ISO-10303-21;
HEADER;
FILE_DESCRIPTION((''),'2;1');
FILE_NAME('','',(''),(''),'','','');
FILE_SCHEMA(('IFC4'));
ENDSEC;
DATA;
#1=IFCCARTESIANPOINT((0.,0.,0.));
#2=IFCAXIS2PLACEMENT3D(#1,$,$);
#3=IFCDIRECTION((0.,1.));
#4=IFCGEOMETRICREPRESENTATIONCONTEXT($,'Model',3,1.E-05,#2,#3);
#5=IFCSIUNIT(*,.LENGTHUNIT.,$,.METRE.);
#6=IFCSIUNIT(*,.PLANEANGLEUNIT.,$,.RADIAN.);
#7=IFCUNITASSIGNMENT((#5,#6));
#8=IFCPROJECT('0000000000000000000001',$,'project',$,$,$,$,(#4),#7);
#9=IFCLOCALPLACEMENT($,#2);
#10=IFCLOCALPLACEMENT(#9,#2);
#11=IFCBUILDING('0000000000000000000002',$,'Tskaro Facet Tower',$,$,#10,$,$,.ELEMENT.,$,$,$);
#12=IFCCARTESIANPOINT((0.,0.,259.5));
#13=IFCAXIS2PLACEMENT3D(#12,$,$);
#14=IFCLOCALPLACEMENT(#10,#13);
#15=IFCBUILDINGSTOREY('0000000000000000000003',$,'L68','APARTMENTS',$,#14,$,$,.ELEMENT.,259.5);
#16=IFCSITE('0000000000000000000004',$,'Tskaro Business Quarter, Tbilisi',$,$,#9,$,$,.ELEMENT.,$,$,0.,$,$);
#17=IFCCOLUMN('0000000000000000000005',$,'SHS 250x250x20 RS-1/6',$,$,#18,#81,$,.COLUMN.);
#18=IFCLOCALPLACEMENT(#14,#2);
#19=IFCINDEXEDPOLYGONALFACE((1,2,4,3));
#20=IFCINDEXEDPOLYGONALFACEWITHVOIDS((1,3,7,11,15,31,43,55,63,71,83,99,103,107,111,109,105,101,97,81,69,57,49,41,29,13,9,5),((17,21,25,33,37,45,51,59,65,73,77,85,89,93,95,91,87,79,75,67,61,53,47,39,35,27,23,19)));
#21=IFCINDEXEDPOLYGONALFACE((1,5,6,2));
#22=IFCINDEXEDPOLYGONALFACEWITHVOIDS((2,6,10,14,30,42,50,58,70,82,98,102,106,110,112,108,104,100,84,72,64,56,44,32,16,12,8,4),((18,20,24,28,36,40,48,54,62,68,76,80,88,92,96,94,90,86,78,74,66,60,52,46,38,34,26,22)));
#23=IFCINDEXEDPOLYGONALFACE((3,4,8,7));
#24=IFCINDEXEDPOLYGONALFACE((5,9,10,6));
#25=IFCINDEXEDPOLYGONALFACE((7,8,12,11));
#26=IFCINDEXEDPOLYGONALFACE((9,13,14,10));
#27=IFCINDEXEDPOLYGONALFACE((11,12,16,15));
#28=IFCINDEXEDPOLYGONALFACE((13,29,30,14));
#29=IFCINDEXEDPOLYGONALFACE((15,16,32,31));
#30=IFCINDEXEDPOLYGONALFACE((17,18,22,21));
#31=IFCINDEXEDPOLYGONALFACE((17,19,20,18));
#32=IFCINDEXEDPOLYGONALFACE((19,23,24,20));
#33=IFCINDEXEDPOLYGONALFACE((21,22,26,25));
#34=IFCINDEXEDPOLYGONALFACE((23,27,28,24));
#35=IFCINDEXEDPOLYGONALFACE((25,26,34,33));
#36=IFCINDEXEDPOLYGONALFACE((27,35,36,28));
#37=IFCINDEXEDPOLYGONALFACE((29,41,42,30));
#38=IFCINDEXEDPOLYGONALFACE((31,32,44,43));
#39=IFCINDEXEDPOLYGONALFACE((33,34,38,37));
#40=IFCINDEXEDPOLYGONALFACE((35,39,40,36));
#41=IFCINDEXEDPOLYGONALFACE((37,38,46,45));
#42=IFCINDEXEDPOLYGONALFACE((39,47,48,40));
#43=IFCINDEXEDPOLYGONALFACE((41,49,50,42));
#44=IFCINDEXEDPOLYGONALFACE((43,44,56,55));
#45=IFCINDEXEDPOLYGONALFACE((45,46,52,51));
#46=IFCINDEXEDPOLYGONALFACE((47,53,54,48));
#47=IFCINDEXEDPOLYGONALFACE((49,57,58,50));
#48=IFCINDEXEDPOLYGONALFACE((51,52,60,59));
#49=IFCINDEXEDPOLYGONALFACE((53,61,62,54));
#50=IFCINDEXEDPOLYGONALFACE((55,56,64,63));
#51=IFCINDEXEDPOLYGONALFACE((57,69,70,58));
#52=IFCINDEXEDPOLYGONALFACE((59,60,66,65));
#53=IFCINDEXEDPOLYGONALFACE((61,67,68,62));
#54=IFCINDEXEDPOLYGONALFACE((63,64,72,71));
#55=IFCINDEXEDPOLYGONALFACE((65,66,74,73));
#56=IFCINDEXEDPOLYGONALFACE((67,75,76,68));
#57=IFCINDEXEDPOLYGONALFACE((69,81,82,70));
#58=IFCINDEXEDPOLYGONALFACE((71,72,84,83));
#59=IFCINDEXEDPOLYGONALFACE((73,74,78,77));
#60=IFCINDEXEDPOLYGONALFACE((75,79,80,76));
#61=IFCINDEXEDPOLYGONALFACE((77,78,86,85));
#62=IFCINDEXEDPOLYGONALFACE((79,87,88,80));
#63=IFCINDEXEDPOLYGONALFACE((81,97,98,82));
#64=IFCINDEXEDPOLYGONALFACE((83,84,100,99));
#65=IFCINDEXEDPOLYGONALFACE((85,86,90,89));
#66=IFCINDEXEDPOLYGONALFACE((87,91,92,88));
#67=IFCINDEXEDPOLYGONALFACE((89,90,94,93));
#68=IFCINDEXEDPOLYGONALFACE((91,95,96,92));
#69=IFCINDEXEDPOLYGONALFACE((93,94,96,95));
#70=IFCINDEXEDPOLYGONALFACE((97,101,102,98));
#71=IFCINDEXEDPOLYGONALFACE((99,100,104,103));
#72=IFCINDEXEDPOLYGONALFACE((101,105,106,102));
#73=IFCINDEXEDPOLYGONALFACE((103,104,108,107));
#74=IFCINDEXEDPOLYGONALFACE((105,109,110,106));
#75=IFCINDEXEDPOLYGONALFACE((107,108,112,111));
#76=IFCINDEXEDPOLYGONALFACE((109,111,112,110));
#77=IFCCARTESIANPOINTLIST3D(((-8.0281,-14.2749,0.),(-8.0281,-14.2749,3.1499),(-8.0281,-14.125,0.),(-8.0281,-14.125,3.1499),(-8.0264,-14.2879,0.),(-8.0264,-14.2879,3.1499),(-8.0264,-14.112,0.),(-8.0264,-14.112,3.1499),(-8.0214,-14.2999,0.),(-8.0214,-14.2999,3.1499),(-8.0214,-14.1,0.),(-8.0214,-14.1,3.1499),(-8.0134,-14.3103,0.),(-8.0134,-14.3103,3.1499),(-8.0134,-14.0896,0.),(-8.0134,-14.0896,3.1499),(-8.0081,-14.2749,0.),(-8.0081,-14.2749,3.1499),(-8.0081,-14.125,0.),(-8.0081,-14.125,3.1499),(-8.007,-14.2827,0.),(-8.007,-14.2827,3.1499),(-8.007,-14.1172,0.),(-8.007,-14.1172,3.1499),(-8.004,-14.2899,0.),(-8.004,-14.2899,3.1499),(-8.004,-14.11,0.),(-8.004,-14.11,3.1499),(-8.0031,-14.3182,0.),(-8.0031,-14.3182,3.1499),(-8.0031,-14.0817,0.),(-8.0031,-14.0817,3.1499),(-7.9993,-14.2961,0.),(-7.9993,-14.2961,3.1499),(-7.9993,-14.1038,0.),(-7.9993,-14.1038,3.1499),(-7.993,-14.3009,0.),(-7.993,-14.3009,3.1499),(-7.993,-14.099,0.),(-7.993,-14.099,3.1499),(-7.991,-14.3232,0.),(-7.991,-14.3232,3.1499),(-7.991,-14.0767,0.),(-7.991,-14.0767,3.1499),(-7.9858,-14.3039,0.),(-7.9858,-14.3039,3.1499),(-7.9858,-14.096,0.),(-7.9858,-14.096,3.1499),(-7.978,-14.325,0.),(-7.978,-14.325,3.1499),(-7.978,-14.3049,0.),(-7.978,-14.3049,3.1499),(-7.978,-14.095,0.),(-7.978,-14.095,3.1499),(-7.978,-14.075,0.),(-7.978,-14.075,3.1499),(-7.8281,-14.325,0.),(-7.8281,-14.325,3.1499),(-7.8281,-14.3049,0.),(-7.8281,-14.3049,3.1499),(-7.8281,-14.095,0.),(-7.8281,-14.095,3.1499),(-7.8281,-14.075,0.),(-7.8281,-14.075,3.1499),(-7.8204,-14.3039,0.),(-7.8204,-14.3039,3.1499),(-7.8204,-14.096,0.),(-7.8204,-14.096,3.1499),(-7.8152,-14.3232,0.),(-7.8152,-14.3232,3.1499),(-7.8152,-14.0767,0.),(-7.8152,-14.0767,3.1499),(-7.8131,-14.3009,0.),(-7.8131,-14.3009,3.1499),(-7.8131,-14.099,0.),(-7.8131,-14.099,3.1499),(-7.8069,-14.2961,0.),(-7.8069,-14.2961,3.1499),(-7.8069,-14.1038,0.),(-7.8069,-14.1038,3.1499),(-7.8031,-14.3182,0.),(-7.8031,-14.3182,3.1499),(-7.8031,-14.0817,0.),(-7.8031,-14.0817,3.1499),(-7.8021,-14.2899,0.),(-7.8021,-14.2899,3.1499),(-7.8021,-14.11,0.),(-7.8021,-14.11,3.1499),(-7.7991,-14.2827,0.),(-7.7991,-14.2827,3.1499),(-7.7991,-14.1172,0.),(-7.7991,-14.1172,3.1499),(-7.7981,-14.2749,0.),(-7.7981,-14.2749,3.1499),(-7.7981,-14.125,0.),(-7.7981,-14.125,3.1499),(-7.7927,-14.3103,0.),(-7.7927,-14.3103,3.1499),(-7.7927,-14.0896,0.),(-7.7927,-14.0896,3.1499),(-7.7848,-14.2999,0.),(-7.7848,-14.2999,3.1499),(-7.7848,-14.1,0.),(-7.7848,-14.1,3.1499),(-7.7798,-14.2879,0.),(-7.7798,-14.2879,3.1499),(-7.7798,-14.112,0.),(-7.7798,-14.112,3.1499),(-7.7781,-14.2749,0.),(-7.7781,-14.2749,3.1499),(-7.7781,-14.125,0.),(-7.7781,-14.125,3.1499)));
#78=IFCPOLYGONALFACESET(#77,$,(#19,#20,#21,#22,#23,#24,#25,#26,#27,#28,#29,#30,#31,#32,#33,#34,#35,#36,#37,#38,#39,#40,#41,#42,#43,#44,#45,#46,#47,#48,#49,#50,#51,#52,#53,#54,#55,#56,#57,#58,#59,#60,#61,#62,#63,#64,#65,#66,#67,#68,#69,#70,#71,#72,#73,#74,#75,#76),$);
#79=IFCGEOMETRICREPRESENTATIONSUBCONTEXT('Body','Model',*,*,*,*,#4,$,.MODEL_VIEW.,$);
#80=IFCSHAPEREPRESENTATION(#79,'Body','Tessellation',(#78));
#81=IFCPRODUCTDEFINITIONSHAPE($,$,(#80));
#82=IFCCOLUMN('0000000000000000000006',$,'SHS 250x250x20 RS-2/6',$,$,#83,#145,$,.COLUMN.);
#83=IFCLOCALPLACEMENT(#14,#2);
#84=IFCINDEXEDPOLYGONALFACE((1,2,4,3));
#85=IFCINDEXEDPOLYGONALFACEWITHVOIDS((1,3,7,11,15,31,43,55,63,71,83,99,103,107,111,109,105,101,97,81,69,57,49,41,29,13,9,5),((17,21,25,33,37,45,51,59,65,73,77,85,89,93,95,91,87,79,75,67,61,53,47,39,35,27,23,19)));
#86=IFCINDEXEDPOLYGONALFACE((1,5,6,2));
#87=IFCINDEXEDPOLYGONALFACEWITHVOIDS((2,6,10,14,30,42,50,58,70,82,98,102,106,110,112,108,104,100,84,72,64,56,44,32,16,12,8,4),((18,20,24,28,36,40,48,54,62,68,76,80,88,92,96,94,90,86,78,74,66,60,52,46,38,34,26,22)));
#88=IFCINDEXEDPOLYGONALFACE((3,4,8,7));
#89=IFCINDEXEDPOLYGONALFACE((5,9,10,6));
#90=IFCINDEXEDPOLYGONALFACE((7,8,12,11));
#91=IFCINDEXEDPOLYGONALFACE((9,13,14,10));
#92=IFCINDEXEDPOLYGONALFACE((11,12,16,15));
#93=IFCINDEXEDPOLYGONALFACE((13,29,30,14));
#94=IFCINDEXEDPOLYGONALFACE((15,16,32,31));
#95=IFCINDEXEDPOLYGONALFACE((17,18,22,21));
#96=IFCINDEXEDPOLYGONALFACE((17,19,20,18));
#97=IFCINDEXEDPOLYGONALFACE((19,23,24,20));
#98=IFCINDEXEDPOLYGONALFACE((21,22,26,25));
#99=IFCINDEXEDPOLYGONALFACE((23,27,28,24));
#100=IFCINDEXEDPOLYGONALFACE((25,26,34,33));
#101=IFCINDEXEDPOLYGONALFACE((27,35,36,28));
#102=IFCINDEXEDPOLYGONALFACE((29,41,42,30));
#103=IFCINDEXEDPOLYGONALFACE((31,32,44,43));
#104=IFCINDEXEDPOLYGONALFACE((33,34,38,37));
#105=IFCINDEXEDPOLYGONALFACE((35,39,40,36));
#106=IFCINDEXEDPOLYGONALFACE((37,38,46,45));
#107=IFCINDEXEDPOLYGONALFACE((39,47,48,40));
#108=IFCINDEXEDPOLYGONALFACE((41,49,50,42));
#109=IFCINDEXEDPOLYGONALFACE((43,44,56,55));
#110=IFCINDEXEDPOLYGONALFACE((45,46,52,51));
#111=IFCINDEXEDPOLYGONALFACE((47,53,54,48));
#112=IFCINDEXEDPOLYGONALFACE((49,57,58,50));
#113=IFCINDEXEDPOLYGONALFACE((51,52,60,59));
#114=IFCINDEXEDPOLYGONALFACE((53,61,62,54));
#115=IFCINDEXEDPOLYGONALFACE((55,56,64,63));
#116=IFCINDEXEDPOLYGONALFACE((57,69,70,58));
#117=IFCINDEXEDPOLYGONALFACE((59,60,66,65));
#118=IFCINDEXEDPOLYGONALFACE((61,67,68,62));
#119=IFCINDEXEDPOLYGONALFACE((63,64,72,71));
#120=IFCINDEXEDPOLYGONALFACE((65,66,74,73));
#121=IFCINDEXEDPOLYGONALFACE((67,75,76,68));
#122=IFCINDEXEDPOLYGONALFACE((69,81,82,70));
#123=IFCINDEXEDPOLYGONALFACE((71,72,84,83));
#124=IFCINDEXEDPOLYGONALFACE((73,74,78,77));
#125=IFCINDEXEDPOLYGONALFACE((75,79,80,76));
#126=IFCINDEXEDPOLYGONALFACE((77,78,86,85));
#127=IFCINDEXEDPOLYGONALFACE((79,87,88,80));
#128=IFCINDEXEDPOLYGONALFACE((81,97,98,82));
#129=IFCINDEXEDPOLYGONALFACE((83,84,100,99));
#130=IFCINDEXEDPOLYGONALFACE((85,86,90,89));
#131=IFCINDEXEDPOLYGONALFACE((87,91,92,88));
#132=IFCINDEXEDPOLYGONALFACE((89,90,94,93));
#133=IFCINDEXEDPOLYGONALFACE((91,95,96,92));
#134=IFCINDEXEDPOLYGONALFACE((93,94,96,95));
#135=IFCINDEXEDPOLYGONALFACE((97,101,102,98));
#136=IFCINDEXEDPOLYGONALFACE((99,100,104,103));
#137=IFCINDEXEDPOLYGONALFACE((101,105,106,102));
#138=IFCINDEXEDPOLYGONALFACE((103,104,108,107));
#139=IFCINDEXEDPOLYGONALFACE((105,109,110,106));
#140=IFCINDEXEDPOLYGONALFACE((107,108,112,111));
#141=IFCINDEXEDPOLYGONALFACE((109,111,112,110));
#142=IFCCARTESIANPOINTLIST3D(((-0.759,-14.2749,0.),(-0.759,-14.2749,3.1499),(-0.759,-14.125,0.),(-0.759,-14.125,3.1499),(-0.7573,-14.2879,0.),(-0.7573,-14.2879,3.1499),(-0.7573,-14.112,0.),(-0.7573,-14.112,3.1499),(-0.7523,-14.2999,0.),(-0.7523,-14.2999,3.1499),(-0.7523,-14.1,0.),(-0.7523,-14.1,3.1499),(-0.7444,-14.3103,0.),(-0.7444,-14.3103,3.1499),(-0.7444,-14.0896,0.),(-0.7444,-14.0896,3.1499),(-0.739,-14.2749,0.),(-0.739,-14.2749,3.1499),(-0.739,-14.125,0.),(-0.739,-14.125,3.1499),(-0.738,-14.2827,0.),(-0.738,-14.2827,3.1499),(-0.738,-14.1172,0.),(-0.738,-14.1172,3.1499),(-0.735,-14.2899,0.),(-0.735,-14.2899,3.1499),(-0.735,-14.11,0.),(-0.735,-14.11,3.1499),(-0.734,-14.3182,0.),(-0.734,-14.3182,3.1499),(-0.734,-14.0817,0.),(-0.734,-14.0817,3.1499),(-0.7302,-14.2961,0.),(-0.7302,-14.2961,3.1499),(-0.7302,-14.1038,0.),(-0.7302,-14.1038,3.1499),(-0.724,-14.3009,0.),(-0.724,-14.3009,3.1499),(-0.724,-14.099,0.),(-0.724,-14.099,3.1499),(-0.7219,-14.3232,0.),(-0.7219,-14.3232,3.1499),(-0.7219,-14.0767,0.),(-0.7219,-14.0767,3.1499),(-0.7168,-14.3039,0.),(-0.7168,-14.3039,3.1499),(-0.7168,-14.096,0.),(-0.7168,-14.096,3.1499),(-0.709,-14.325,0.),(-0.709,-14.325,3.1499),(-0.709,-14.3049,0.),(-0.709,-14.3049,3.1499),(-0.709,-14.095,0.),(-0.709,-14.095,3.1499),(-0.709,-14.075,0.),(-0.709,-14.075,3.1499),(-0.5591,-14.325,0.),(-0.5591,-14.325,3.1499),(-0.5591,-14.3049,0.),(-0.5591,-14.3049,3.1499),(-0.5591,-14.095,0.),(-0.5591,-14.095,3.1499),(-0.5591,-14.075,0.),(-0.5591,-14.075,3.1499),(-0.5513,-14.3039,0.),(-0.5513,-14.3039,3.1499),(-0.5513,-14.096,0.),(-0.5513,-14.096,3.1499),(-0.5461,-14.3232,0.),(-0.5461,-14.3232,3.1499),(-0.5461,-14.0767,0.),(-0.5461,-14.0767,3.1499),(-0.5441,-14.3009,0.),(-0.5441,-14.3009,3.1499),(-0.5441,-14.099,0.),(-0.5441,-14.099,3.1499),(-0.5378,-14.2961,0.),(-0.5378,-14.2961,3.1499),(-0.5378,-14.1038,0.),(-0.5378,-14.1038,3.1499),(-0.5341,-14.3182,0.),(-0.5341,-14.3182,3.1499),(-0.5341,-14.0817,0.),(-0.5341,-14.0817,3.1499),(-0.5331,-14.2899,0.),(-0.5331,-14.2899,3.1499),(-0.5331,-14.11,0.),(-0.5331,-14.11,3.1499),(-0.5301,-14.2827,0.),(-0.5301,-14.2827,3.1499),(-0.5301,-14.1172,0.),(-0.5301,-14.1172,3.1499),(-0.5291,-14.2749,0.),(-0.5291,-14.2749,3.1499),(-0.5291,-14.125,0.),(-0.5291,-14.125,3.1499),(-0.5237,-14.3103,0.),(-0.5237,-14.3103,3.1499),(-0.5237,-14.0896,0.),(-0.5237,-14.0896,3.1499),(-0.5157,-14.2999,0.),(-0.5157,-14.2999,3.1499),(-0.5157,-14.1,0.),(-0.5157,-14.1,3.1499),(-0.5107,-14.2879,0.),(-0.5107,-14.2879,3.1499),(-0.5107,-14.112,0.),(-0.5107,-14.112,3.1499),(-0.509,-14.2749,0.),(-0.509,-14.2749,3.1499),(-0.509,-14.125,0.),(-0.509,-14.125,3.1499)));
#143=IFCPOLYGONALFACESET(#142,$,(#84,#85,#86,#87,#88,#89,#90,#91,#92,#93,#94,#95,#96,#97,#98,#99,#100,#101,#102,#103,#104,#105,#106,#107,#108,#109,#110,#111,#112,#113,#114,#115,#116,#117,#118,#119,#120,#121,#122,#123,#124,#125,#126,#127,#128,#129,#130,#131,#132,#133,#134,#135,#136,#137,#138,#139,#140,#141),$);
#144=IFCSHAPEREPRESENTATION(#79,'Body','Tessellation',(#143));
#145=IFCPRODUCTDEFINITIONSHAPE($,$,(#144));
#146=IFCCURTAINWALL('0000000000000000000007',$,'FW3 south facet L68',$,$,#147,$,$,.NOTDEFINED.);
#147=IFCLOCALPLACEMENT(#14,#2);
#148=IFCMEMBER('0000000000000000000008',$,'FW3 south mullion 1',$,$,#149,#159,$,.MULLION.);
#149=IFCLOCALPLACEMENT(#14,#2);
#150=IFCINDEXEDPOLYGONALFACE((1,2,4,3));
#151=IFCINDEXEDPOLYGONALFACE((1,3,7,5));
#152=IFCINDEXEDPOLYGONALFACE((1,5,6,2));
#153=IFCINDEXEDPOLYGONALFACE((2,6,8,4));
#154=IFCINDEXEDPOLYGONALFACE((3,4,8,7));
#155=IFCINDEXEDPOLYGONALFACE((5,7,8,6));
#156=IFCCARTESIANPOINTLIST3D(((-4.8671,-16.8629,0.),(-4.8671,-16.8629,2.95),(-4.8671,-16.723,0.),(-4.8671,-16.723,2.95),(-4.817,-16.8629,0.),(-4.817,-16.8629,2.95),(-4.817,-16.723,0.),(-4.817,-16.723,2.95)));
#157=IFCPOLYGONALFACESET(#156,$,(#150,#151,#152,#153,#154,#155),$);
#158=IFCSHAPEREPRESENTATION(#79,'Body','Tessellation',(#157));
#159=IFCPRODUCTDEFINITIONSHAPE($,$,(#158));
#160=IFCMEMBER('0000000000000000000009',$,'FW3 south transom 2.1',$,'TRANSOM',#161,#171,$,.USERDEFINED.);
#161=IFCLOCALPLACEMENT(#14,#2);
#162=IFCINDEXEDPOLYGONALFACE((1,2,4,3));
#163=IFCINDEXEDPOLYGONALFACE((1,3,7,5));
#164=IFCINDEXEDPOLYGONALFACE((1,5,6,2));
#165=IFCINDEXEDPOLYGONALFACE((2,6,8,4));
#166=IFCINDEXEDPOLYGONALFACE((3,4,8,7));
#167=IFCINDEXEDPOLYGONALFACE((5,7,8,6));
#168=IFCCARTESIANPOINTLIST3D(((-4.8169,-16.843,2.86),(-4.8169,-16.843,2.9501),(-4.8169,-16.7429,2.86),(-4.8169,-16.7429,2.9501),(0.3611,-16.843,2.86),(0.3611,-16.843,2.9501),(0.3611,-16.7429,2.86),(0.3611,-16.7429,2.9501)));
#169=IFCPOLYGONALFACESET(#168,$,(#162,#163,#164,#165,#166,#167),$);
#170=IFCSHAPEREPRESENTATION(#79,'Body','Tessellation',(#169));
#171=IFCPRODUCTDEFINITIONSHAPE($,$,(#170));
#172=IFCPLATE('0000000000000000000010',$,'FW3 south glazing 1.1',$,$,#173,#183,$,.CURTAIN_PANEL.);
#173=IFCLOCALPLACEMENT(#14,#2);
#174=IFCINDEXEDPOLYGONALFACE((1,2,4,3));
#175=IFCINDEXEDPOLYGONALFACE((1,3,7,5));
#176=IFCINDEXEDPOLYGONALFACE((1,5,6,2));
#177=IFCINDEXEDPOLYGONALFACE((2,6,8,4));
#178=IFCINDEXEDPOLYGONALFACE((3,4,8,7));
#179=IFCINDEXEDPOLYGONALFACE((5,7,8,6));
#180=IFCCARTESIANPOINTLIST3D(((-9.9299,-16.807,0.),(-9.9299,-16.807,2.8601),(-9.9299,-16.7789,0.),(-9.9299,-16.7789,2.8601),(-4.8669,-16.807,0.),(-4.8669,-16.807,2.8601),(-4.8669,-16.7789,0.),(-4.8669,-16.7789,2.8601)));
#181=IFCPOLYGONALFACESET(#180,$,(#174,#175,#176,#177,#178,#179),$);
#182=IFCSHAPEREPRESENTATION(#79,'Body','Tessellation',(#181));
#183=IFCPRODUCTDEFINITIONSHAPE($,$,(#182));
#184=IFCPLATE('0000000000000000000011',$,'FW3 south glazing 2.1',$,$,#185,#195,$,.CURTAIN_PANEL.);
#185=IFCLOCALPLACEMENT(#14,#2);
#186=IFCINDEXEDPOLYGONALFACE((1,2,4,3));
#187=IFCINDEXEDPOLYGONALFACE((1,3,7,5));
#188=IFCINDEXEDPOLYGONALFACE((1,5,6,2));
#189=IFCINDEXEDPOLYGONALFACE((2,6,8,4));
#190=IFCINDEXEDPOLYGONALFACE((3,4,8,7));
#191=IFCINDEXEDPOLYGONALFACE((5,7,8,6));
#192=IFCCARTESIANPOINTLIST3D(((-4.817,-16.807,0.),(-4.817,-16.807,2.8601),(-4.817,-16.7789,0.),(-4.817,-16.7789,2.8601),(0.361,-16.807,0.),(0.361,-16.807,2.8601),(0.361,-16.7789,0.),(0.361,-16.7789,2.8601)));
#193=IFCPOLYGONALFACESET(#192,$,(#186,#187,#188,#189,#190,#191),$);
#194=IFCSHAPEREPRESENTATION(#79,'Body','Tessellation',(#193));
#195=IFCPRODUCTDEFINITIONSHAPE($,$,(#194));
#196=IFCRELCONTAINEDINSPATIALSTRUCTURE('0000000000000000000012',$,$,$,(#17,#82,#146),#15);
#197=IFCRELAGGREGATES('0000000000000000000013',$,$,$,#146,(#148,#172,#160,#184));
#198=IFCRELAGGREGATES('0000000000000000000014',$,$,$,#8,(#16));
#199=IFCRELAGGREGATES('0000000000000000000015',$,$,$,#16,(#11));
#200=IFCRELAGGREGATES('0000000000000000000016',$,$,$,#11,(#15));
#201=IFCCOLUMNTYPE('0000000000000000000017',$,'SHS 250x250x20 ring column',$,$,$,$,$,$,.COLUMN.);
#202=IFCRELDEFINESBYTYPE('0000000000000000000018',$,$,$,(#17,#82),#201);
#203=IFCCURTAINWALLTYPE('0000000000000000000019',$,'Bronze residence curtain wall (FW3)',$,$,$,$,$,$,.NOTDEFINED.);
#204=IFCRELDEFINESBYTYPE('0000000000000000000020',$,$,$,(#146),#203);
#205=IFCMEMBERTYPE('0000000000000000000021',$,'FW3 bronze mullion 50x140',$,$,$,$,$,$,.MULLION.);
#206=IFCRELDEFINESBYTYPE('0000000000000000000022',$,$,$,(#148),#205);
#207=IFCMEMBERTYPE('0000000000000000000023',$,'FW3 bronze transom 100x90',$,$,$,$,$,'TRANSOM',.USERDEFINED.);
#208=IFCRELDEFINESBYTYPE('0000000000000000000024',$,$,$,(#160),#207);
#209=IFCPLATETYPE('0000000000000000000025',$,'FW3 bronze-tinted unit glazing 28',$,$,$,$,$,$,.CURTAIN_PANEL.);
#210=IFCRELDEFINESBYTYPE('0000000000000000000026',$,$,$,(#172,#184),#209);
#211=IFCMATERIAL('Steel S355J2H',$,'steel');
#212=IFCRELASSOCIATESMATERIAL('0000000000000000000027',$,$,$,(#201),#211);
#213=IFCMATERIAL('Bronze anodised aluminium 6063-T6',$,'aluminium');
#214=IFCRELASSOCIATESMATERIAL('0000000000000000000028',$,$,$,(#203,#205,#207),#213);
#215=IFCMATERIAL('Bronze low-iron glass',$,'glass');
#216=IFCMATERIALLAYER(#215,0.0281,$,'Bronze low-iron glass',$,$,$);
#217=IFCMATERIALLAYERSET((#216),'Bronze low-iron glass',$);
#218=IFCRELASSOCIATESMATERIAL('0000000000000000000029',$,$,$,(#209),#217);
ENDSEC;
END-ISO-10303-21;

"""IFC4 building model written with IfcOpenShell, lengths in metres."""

from ifc_helpers import new_model, si_unit, direction, frame, origin, origin_2d, place, context, subcontext, project, spatial, rectangle, hollow_rectangle, extrude, material, layer, layer_set, material_profile, profile_set, type_object, element, aggregate, save


model = new_model("IFC4")

# Units and contexts
model_context = context("Model", 3, precision=1e-05, world=origin(), true_north=direction((0.0, 1.0)))
body_context = subcontext(model_context, "Body", "Model", "MODEL_VIEW")
ifc_project = project(units=[si_unit("LENGTHUNIT", "METRE"), si_unit("PLANEANGLEUNIT", "RADIAN")], contexts=[model_context])

# Site, building, storey
site_placement = place(None, origin())
site = spatial("IfcSite", under=ifc_project, at=site_placement, Name="Tskaro Business Quarter, Tbilisi", CompositionType="ELEMENT", RefElevation=0.0)
building_placement = place(site_placement, origin())
building = spatial("IfcBuilding", under=site, at=building_placement, Name="Tskaro Facet Tower", CompositionType="ELEMENT")
storey_placement = place(building_placement, frame((0.0, 0.0, 259.5)))
storey = spatial("IfcBuildingStorey", under=building, at=storey_placement, Name="L68", Description="APARTMENTS", CompositionType="ELEMENT", Elevation=259.5)

# Columns
ifc_material_1 = material(Name="Steel S355J2H", Category="steel")
ifc_material_profile_1 = material_profile(ifc_material_1, hollow_rectangle(XDim=0.25, YDim=0.25, WallThickness=0.02, InnerFilletRadius=0.03, OuterFilletRadius=0.05, at=origin_2d()), Name="SHS 250x250x20")
ifc_profile_set_1 = profile_set([ifc_material_profile_1], Name="Steel S355J2H")
column_type = type_object("IfcColumnType", Name="SHS 250x250x20 ring column", PredefinedType="COLUMN", material=ifc_profile_set_1)
for number, where, z_axis, x_axis, name in (
    (1, (-7.9031, -14.2, 0.0), (0.0, 0.0, 1.0), (1.0, 0.0, 0.0), "SHS 250x250x20 RS-1/6"),
    (2, (-0.634, -14.2, 0.0), (0.0, 0.0, 1.0), (1.0, 0.0, 0.0), "SHS 250x250x20 RS-2/6"),
):
    element("IfcColumn", number, at=place(storey_placement, frame(where, z_axis=z_axis, x_axis=x_axis)), inside=storey, type_object=column_type, Name=name, PredefinedType="COLUMN", context=body_context, shape_type="SweptSolid", body=[
        extrude(hollow_rectangle(XDim=0.25, YDim=0.25, WallThickness=0.02, InnerFilletRadius=0.03, OuterFilletRadius=0.05, at=origin_2d()), origin(), (0.0, 0.0, 1.0), 3.1499),
    ])

# Curtain wall, members, plates
ifc_material_2 = material(Name="Bronze anodised aluminium 6063-T6", Category="aluminium")
curtain_wall_type = type_object("IfcCurtainWallType", Name="Bronze residence curtain wall (FW3)", PredefinedType="NOTDEFINED", material=ifc_material_2)
curtain_wall_placement = place(storey_placement, origin())
curtain_wall = element("IfcCurtainWall", 3, at=curtain_wall_placement, inside=storey, type_object=curtain_wall_type, Name="FW3 south facet L68", PredefinedType="NOTDEFINED")
ifc_material_profile_2 = material_profile(ifc_material_2, rectangle(XDim=0.05, YDim=0.1399, at=origin_2d()), Name="Mullion 50x140")
ifc_profile_set_2 = profile_set([ifc_material_profile_2], Name="Bronze anodised aluminium 6063-T6")
member_type_1 = type_object("IfcMemberType", Name="FW3 bronze mullion 50x140", PredefinedType="MULLION", material=ifc_profile_set_2)
member_1_placement = place(storey_placement, frame((-4.842, -16.793, 0.0), z_axis=(0.0, 0.0, 1.0), x_axis=(1.0, 0.0, 0.0)))
member_1 = element("IfcMember", 4, at=member_1_placement, type_object=member_type_1, Name="FW3 south mullion 1", PredefinedType="MULLION", context=body_context, shape_type="SweptSolid", body=[
    extrude(rectangle(XDim=0.05, YDim=0.1399, at=origin_2d()), origin(), (0.0, 0.0, 1.0), 2.95),
])
ifc_material_profile_3 = material_profile(ifc_material_2, rectangle(XDim=0.1001, YDim=0.0901, at=origin_2d()), Name="Transom 100x90")
ifc_profile_set_3 = profile_set([ifc_material_profile_3], Name="Bronze anodised aluminium 6063-T6")
member_type_2 = type_object("IfcMemberType", Name="FW3 bronze transom 100x90", ElementType="TRANSOM", PredefinedType="USERDEFINED", material=ifc_profile_set_3)
member_2_placement = place(storey_placement, frame((-4.8169, -16.793, 2.905), z_axis=(1.0, 0.0, 0.0), x_axis=(0.0, 1.0, 0.0)))
member_2 = element("IfcMember", 5, at=member_2_placement, type_object=member_type_2, Name="FW3 south transom 2.1", ObjectType="TRANSOM", PredefinedType="USERDEFINED", context=body_context, shape_type="SweptSolid", body=[
    extrude(rectangle(XDim=0.1001, YDim=0.0901, at=origin_2d()), origin(), (0.0, 0.0, 1.0), 5.178),
])
ifc_material_3 = material(Name="Bronze low-iron glass", Category="glass")
ifc_layer_1 = layer(ifc_material_3, 0.0281, Name="Bronze low-iron glass")
ifc_layer_set_1 = layer_set([ifc_layer_1], Name="Bronze low-iron glass")
plate_type = type_object("IfcPlateType", Name="FW3 bronze-tinted unit glazing 28", PredefinedType="CURTAIN_PANEL", material=ifc_layer_set_1)
plate_1_placement = place(storey_placement, frame((-7.3984, -16.793, 0.0), z_axis=(0.0, 0.0, 1.0), x_axis=(1.0, 0.0, 0.0)))
plate_1 = element("IfcPlate", 6, at=plate_1_placement, type_object=plate_type, Name="FW3 south glazing 1.1", PredefinedType="CURTAIN_PANEL", context=body_context, shape_type="SweptSolid", body=[
    extrude(rectangle(XDim=5.063, YDim=0.0281, at=origin_2d()), origin(), (0.0, 0.0, 1.0), 2.8601),
])
plate_2_placement = place(storey_placement, frame((-2.228, -16.793, 0.0), z_axis=(0.0, 0.0, 1.0), x_axis=(1.0, 0.0, 0.0)))
plate_2 = element("IfcPlate", 7, at=plate_2_placement, type_object=plate_type, Name="FW3 south glazing 2.1", PredefinedType="CURTAIN_PANEL", context=body_context, shape_type="SweptSolid", body=[
    extrude(rectangle(XDim=5.178, YDim=0.0281, at=origin_2d()), origin(), (0.0, 0.0, 1.0), 2.8601),
])
aggregate(curtain_wall, [member_1, plate_1, member_2, plate_2])

save(model, "model.ifc")
